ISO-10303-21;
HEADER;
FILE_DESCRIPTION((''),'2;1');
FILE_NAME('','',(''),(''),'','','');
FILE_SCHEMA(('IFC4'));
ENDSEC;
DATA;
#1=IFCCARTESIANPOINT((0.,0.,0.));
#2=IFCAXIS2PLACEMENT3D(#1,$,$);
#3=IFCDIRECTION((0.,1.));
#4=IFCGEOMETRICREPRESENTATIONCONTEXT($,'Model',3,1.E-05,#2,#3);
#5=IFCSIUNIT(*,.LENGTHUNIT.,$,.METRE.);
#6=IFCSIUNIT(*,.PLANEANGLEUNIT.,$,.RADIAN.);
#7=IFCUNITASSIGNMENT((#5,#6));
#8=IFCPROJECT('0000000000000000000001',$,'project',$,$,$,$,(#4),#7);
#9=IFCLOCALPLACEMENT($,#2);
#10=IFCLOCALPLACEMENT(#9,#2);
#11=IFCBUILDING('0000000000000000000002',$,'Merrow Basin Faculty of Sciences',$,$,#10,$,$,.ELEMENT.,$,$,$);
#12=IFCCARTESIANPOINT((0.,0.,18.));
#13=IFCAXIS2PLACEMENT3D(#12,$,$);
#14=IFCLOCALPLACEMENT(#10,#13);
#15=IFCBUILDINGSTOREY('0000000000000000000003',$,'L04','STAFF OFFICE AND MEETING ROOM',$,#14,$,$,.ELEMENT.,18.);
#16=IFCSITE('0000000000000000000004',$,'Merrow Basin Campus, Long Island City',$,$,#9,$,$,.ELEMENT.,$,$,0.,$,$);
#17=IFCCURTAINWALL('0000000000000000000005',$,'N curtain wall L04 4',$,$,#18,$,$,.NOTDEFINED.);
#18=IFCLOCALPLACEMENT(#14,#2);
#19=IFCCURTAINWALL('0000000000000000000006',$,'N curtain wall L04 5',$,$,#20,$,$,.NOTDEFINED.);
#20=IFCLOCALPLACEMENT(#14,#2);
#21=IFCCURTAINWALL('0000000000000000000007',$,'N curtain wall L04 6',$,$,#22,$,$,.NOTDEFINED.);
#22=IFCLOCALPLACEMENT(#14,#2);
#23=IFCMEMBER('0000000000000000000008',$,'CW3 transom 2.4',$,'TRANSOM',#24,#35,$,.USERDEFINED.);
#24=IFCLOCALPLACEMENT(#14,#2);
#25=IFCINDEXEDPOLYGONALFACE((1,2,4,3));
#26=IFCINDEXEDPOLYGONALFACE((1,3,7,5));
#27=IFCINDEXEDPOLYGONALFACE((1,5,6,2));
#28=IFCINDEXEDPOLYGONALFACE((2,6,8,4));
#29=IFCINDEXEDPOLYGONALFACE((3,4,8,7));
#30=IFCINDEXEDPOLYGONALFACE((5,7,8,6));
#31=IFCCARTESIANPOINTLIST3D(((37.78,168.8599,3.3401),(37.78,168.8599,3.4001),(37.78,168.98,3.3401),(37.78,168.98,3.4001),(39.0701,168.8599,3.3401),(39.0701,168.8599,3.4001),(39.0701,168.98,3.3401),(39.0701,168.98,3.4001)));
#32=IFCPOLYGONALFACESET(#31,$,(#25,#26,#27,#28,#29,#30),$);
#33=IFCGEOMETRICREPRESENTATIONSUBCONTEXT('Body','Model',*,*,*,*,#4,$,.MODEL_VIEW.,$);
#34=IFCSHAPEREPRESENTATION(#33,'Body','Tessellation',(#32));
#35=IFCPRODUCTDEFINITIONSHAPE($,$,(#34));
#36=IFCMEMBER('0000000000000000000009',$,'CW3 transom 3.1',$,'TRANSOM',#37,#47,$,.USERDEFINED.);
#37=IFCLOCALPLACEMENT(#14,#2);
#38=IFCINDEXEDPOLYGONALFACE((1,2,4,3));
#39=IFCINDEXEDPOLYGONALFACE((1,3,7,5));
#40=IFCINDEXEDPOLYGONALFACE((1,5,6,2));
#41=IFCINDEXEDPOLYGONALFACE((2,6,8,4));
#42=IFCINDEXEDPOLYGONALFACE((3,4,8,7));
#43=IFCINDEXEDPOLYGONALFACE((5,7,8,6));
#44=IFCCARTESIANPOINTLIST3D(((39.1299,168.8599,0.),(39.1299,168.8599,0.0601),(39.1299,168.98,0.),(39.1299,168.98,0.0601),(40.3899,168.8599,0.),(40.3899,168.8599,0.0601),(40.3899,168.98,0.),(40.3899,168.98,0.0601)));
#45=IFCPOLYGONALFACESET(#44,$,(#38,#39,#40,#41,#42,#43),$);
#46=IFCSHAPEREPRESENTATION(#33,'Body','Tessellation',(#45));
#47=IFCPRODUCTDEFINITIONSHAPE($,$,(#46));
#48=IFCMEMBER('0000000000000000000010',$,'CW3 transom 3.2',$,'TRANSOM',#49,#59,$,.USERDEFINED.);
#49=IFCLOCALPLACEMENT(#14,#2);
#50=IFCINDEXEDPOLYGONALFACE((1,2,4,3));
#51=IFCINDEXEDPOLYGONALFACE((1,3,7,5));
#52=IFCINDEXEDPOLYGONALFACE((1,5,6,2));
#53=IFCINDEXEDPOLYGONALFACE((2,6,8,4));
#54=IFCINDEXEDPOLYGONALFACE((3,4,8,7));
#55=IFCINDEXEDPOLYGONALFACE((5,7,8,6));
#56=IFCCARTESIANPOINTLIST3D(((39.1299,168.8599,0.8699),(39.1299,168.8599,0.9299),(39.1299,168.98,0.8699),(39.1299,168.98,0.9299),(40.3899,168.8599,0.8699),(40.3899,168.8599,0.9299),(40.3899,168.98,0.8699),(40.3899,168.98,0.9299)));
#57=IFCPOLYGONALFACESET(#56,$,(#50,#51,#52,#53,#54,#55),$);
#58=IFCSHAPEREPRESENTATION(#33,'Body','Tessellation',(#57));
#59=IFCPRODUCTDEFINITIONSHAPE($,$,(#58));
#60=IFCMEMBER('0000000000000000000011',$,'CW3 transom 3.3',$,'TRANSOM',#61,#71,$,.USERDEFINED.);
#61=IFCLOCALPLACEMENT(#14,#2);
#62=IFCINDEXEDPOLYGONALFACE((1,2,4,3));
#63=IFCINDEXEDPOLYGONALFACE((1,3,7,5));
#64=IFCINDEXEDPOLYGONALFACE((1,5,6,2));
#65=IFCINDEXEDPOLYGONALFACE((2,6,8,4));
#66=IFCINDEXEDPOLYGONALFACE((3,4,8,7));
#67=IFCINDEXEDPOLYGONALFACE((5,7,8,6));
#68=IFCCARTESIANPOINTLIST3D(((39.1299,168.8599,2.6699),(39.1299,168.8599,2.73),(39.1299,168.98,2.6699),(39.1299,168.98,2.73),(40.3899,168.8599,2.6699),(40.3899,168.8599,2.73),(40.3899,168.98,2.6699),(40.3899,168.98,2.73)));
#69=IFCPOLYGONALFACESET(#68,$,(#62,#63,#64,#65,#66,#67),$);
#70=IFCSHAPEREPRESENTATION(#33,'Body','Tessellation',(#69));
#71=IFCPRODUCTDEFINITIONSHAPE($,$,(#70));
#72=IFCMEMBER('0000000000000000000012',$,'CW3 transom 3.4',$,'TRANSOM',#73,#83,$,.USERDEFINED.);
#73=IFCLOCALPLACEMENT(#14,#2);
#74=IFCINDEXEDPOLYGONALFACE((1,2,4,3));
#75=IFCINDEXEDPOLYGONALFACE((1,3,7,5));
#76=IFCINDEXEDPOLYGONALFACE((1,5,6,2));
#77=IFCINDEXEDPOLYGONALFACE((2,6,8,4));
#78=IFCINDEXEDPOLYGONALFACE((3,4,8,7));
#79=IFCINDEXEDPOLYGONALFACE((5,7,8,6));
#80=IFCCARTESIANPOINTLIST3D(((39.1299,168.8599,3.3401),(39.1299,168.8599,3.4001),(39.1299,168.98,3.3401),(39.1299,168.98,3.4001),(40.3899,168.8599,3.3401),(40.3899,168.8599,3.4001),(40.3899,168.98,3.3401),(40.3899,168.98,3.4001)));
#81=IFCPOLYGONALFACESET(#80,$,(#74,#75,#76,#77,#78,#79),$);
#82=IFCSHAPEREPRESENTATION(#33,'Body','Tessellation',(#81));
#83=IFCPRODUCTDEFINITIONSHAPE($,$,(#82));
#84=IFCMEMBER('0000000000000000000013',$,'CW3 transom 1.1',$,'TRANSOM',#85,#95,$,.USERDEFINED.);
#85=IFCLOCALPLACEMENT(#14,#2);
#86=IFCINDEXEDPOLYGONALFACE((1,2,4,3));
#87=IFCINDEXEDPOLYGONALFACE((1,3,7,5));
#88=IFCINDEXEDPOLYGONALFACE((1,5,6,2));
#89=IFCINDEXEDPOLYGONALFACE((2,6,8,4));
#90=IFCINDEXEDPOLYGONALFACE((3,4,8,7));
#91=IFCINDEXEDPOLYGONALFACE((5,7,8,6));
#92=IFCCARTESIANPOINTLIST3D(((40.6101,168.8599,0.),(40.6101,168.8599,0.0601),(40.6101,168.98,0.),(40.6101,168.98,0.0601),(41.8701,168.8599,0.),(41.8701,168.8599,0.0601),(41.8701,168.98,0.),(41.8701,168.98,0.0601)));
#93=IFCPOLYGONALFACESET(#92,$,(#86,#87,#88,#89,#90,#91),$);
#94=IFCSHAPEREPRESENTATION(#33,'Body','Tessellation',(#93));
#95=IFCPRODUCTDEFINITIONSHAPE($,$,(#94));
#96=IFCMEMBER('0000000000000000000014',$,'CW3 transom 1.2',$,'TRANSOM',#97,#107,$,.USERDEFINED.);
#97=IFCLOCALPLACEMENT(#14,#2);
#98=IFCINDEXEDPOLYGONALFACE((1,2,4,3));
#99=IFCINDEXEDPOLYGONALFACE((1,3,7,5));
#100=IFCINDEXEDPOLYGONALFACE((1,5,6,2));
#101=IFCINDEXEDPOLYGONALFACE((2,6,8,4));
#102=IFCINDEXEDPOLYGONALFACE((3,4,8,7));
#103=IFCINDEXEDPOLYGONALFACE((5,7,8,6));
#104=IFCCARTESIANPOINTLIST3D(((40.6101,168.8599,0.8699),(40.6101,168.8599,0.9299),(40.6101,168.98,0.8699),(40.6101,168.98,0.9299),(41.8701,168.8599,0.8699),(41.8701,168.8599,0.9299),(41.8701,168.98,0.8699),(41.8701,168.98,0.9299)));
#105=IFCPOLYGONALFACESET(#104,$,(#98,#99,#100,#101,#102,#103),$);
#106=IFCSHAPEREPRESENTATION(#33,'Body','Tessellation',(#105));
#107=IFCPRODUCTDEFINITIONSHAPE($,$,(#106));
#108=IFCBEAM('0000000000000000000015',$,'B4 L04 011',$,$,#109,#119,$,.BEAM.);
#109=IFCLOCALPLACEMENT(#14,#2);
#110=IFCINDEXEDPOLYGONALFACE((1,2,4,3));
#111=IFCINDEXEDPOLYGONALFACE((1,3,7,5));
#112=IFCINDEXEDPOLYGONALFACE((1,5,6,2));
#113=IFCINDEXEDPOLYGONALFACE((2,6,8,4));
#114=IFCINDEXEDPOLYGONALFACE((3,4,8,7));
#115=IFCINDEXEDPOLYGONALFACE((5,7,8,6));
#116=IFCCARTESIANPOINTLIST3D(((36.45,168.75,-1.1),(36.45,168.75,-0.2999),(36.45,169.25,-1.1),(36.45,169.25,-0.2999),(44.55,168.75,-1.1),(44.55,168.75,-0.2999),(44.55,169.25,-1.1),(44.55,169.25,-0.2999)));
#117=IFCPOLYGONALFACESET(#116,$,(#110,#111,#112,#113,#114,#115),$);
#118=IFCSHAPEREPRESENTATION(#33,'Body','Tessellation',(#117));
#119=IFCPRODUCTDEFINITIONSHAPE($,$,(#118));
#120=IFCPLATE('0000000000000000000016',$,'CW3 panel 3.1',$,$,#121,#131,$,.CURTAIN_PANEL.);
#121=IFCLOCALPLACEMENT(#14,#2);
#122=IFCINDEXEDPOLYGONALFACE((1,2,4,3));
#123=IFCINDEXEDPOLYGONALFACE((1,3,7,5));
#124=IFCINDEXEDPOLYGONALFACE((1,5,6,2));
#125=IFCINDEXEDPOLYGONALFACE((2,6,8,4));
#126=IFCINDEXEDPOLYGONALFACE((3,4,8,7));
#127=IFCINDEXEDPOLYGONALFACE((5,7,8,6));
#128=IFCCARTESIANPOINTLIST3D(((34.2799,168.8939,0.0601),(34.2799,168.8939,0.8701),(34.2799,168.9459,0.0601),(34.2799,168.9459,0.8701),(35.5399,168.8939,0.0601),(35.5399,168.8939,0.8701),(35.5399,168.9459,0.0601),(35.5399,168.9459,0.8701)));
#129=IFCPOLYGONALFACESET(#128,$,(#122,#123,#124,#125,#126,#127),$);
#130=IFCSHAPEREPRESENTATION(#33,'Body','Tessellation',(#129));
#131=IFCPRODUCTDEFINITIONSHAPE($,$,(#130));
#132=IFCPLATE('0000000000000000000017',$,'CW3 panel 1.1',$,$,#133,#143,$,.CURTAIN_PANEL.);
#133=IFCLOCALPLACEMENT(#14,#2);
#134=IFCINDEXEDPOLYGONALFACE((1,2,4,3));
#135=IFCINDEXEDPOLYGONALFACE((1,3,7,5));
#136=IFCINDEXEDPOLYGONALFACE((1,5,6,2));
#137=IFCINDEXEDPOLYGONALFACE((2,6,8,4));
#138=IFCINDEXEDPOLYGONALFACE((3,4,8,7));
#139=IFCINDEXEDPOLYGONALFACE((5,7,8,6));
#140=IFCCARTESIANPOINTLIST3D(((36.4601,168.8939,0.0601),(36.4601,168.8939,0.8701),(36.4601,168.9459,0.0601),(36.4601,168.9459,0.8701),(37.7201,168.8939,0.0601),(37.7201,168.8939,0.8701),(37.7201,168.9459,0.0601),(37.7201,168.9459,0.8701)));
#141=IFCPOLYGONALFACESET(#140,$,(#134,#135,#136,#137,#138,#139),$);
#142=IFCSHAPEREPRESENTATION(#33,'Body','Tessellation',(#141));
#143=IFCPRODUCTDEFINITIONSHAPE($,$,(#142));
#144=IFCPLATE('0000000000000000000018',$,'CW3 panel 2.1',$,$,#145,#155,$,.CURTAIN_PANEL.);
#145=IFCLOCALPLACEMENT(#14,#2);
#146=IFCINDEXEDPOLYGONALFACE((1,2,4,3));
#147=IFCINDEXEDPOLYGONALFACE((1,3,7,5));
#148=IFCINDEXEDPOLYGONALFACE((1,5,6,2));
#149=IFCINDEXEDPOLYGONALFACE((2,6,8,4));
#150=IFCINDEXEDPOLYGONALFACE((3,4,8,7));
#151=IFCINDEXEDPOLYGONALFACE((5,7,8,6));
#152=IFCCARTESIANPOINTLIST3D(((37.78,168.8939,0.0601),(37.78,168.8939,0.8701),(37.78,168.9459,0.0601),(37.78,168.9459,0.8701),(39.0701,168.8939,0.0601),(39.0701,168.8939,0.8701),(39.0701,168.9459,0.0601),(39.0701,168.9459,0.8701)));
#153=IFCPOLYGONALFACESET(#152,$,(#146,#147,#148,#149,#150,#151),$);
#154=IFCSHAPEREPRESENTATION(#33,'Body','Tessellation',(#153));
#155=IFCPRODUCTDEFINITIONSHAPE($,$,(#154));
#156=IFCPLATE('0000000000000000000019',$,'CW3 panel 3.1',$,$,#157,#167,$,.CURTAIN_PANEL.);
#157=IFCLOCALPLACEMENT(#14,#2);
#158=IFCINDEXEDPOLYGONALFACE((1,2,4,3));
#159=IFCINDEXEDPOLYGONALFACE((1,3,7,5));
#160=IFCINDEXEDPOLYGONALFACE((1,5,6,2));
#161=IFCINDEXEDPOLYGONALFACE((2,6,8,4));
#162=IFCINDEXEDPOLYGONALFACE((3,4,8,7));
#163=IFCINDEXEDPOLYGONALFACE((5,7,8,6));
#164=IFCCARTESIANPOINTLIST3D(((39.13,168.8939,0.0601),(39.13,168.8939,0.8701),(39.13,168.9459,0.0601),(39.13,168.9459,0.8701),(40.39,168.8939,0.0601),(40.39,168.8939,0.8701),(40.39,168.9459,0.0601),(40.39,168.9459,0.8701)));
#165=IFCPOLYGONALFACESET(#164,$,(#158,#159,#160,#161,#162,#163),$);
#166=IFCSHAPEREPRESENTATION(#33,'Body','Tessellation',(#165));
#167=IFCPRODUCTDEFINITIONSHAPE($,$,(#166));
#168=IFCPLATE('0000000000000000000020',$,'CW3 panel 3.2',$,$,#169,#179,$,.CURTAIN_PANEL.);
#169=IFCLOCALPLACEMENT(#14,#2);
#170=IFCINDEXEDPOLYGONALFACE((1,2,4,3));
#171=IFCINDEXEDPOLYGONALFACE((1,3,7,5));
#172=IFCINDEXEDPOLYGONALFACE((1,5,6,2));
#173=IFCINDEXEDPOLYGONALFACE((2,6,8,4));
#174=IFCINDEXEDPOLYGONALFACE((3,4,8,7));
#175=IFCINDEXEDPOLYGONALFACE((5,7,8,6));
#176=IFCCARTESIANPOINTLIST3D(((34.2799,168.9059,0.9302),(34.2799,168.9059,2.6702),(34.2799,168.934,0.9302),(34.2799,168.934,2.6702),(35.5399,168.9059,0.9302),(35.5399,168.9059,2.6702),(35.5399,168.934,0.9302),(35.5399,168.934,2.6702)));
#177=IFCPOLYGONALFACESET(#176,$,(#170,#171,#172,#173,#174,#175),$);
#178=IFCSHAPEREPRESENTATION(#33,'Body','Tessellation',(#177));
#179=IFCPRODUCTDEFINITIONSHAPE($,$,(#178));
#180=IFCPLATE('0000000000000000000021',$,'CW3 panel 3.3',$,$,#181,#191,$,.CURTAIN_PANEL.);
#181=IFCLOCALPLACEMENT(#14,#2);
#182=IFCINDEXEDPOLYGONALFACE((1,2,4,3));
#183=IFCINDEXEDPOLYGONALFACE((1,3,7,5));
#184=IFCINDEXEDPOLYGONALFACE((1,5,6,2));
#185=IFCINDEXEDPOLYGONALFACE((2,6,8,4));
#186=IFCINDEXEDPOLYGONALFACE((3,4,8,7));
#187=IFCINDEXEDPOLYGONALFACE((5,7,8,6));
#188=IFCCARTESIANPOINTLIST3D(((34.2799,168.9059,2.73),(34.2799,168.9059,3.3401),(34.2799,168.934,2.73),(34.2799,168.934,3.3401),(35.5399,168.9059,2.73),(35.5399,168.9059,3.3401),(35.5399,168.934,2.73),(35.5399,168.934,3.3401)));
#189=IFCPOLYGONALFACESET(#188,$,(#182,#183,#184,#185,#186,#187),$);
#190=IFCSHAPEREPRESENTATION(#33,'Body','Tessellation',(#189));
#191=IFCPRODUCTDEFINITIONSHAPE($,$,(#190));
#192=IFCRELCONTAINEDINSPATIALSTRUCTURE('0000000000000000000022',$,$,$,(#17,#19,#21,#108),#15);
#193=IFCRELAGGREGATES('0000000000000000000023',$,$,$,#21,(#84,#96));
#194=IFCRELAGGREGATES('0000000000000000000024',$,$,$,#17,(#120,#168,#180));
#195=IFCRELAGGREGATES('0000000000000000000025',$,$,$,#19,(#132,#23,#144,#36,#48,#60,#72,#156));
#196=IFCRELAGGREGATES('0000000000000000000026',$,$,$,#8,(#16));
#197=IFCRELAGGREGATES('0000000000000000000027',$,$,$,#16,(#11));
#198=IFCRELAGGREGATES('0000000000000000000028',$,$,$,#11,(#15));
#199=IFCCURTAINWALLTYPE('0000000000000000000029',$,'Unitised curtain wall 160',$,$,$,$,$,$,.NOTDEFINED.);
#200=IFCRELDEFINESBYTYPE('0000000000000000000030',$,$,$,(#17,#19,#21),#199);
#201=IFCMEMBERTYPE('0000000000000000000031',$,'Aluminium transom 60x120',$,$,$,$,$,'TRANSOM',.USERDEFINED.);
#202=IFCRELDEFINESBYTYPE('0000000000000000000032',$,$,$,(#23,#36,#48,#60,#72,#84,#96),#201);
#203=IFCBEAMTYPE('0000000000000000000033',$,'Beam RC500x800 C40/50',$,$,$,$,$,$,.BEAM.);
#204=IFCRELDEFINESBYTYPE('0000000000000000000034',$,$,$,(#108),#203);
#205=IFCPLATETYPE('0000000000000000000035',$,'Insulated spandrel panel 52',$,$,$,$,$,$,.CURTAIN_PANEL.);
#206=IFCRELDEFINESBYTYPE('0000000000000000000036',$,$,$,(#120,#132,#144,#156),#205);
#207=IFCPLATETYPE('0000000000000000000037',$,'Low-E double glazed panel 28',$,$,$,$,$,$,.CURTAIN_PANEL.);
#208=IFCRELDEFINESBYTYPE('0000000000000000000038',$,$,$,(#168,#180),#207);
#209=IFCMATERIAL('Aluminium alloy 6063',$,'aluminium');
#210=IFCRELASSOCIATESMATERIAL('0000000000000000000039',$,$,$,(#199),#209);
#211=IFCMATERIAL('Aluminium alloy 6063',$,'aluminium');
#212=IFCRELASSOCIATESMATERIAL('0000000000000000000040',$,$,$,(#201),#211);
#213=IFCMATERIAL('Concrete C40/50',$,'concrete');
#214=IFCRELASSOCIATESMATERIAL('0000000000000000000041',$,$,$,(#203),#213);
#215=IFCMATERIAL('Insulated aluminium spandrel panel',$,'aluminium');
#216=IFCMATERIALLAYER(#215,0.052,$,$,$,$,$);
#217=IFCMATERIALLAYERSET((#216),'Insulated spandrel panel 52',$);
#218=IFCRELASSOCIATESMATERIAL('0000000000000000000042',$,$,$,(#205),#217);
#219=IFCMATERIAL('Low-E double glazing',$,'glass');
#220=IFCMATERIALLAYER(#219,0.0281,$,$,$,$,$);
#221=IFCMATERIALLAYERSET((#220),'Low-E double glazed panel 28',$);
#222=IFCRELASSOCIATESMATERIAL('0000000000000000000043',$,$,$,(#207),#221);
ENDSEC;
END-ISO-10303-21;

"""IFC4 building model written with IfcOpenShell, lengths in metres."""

from ifc_helpers import new_model, si_unit, direction, frame, origin, origin_2d, place, context, subcontext, project, spatial, rectangle, extrude, material, layer, layer_set, material_profile, profile_set, type_object, element, aggregate, save


model = new_model("IFC4")

# Units and contexts
model_context = context("Model", 3, precision=1e-05, world=origin(), true_north=direction((0.0, 1.0)))
body_context = subcontext(model_context, "Body", "Model", "MODEL_VIEW")
ifc_project = project(units=[si_unit("LENGTHUNIT", "METRE"), si_unit("PLANEANGLEUNIT", "RADIAN")], contexts=[model_context])

# Site, building, storey
site_placement = place(None, origin())
site = spatial("IfcSite", under=ifc_project, at=site_placement, Name="Merrow Basin Campus, Long Island City", CompositionType="ELEMENT", RefElevation=0.0)
building_placement = place(site_placement, origin())
building = spatial("IfcBuilding", under=site, at=building_placement, Name="Merrow Basin Faculty of Sciences", CompositionType="ELEMENT")
storey_placement = place(building_placement, frame((0.0, 0.0, 18.0)))
storey = spatial("IfcBuildingStorey", under=building, at=storey_placement, Name="L04", Description="STAFF OFFICE AND MEETING ROOM", CompositionType="ELEMENT", Elevation=18.0)

# Curtain wall
ifc_material_1 = material(Name="Aluminium alloy 6063", Category="aluminium")
curtain_wall_type = type_object("IfcCurtainWallType", Name="Unitised curtain wall 160", PredefinedType="NOTDEFINED", material=ifc_material_1)
curtain_wall_1_placement = place(storey_placement, origin())
curtain_wall_1 = element("IfcCurtainWall", 1, at=curtain_wall_1_placement, inside=storey, type_object=curtain_wall_type, Name="N curtain wall L04 4", PredefinedType="NOTDEFINED")

# Curtain wall
curtain_wall_2_placement = place(storey_placement, origin())
curtain_wall_2 = element("IfcCurtainWall", 2, at=curtain_wall_2_placement, inside=storey, type_object=curtain_wall_type, Name="N curtain wall L04 5", PredefinedType="NOTDEFINED")

# Curtain wall
curtain_wall_3_placement = place(storey_placement, origin())
curtain_wall_3 = element("IfcCurtainWall", 3, at=curtain_wall_3_placement, inside=storey, type_object=curtain_wall_type, Name="N curtain wall L04 6", PredefinedType="NOTDEFINED")

# Members
ifc_material_2 = material(Name="Aluminium alloy 6063", Category="aluminium")
ifc_material_profile_1 = material_profile(ifc_material_2, rectangle(XDim=0.1201, YDim=0.0601, at=origin_2d()))
ifc_profile_set_1 = profile_set([ifc_material_profile_1], Name="Aluminium alloy 6063")
member_type_1 = type_object("IfcMemberType", Name="Aluminium transom 60x120", ElementType="TRANSOM", PredefinedType="USERDEFINED", material=ifc_profile_set_1)
member_1_placement = place(storey_placement, frame((37.78, 168.9199, 3.3701), z_axis=(1.0, 0.0, 0.0), x_axis=(0.0, 1.0, 0.0)))
member_1 = element("IfcMember", 4, at=member_1_placement, type_object=member_type_1, Name="CW3 transom 2.4", ObjectType="TRANSOM", PredefinedType="USERDEFINED", context=body_context, shape_type="SweptSolid", body=[
    extrude(rectangle(XDim=0.1201, YDim=0.0601, at=origin_2d()), origin(), (0.0, 0.0, 1.0), 1.29),
])
member_2_placement = place(storey_placement, frame((39.1299, 168.9199, 0.03), z_axis=(1.0, 0.0, 0.0), x_axis=(0.0, 1.0, 0.0)))
member_2 = element("IfcMember", 5, at=member_2_placement, type_object=member_type_1, Name="CW3 transom 3.1", ObjectType="TRANSOM", PredefinedType="USERDEFINED", context=body_context, shape_type="SweptSolid", body=[
    extrude(rectangle(XDim=0.1201, YDim=0.0601, at=origin_2d()), origin(), (0.0, 0.0, 1.0), 1.26),
])
member_3_placement = place(storey_placement, frame((39.1299, 168.9199, 0.8999), z_axis=(1.0, 0.0, 0.0), x_axis=(0.0, 1.0, 0.0)))
member_3 = element("IfcMember", 6, at=member_3_placement, type_object=member_type_1, Name="CW3 transom 3.2", ObjectType="TRANSOM", PredefinedType="USERDEFINED", context=body_context, shape_type="SweptSolid", body=[
    extrude(rectangle(XDim=0.1201, YDim=0.0601, at=origin_2d()), origin(), (0.0, 0.0, 1.0), 1.26),
])
member_4_placement = place(storey_placement, frame((39.1299, 168.9199, 2.7), z_axis=(1.0, 0.0, 0.0), x_axis=(0.0, 1.0, 0.0)))
member_4 = element("IfcMember", 7, at=member_4_placement, type_object=member_type_1, Name="CW3 transom 3.3", ObjectType="TRANSOM", PredefinedType="USERDEFINED", context=body_context, shape_type="SweptSolid", body=[
    extrude(rectangle(XDim=0.1201, YDim=0.0601, at=origin_2d()), origin(), (0.0, 0.0, 1.0), 1.26),
])
member_5_placement = place(storey_placement, frame((39.1299, 168.9199, 3.3701), z_axis=(1.0, 0.0, 0.0), x_axis=(0.0, 1.0, 0.0)))
member_5 = element("IfcMember", 8, at=member_5_placement, type_object=member_type_1, Name="CW3 transom 3.4", ObjectType="TRANSOM", PredefinedType="USERDEFINED", context=body_context, shape_type="SweptSolid", body=[
    extrude(rectangle(XDim=0.1201, YDim=0.0601, at=origin_2d()), origin(), (0.0, 0.0, 1.0), 1.26),
])
member_6_placement = place(storey_placement, frame((40.6101, 168.9199, 0.03), z_axis=(1.0, 0.0, 0.0), x_axis=(0.0, 1.0, 0.0)))
member_6 = element("IfcMember", 9, at=member_6_placement, type_object=member_type_1, Name="CW3 transom 1.1", ObjectType="TRANSOM", PredefinedType="USERDEFINED", context=body_context, shape_type="SweptSolid", body=[
    extrude(rectangle(XDim=0.1201, YDim=0.0601, at=origin_2d()), origin(), (0.0, 0.0, 1.0), 1.26),
])
member_7_placement = place(storey_placement, frame((40.6101, 168.9199, 0.8999), z_axis=(1.0, 0.0, 0.0), x_axis=(0.0, 1.0, 0.0)))
member_7 = element("IfcMember", 10, at=member_7_placement, type_object=member_type_1, Name="CW3 transom 1.2", ObjectType="TRANSOM", PredefinedType="USERDEFINED", context=body_context, shape_type="SweptSolid", body=[
    extrude(rectangle(XDim=0.1201, YDim=0.0601, at=origin_2d()), origin(), (0.0, 0.0, 1.0), 1.26),
])
aggregate(curtain_wall_3, [member_6, member_7])

# Beam
ifc_material_3 = material(Name="Concrete C40/50", Category="concrete")
ifc_material_profile_2 = material_profile(ifc_material_3, rectangle(XDim=0.5, YDim=0.8, at=origin_2d()))
ifc_profile_set_2 = profile_set([ifc_material_profile_2], Name="Concrete C40/50")
beam_type = type_object("IfcBeamType", Name="Beam RC500x800 C40/50", PredefinedType="BEAM", material=ifc_profile_set_2)
beam_placement = place(storey_placement, frame((36.45, 169.0, -0.7), z_axis=(1.0, 0.0, 0.0), x_axis=(0.0, 1.0, 0.0)))
element("IfcBeam", 11, at=beam_placement, inside=storey, type_object=beam_type, Name="B4 L04 011", PredefinedType="BEAM", context=body_context, shape_type="SweptSolid", body=[
    extrude(rectangle(XDim=0.5, YDim=0.8, at=origin_2d()), origin(), (0.0, 0.0, 1.0), 8.1001),
])

# Plates
ifc_material_4 = material(Name="Insulated aluminium spandrel panel", Category="aluminium")
ifc_layer_1 = layer(ifc_material_4, 0.052)
ifc_layer_set_1 = layer_set([ifc_layer_1], Name="Insulated spandrel panel 52")
plate_type_1 = type_object("IfcPlateType", Name="Insulated spandrel panel 52", PredefinedType="CURTAIN_PANEL", material=ifc_layer_set_1)
plate_1_placement = place(storey_placement, frame((34.9099, 168.9199, 0.0601), z_axis=(0.0, 0.0, 1.0), x_axis=(1.0, 0.0, 0.0)))
plate_1 = element("IfcPlate", 12, at=plate_1_placement, type_object=plate_type_1, Name="CW3 panel 3.1", PredefinedType="CURTAIN_PANEL", context=body_context, shape_type="SweptSolid", body=[
    extrude(rectangle(XDim=1.26, YDim=0.052, at=origin_2d()), origin(), (0.0, 0.0, 1.0), 0.8101),
])
plate_2_placement = place(storey_placement, frame((37.0901, 168.9199, 0.0601), z_axis=(0.0, 0.0, 1.0), x_axis=(1.0, 0.0, 0.0)))
plate_2 = element("IfcPlate", 13, at=plate_2_placement, type_object=plate_type_1, Name="CW3 panel 1.1", PredefinedType="CURTAIN_PANEL", context=body_context, shape_type="SweptSolid", body=[
    extrude(rectangle(XDim=1.26, YDim=0.052, at=origin_2d()), origin(), (0.0, 0.0, 1.0), 0.8101),
])
plate_3_placement = place(storey_placement, frame((38.425, 168.9199, 0.0601), z_axis=(0.0, 0.0, 1.0), x_axis=(1.0, 0.0, 0.0)))
plate_3 = element("IfcPlate", 14, at=plate_3_placement, type_object=plate_type_1, Name="CW3 panel 2.1", PredefinedType="CURTAIN_PANEL", context=body_context, shape_type="SweptSolid", body=[
    extrude(rectangle(XDim=1.29, YDim=0.052, at=origin_2d()), origin(), (0.0, 0.0, 1.0), 0.8101),
])
plate_4_placement = place(storey_placement, frame((39.76, 168.9199, 0.0601), z_axis=(0.0, 0.0, 1.0), x_axis=(1.0, 0.0, 0.0)))
plate_4 = element("IfcPlate", 15, at=plate_4_placement, type_object=plate_type_1, Name="CW3 panel 3.1", PredefinedType="CURTAIN_PANEL", context=body_context, shape_type="SweptSolid", body=[
    extrude(rectangle(XDim=1.26, YDim=0.052, at=origin_2d()), origin(), (0.0, 0.0, 1.0), 0.8101),
])
ifc_material_5 = material(Name="Low-E double glazing", Category="glass")
ifc_layer_2 = layer(ifc_material_5, 0.0281)
ifc_layer_set_2 = layer_set([ifc_layer_2], Name="Low-E double glazed panel 28")
plate_type_2 = type_object("IfcPlateType", Name="Low-E double glazed panel 28", PredefinedType="CURTAIN_PANEL", material=ifc_layer_set_2)
plate_5_placement = place(storey_placement, frame((34.9099, 168.9199, 0.9302), z_axis=(0.0, 0.0, 1.0), x_axis=(1.0, 0.0, 0.0)))
plate_5 = element("IfcPlate", 16, at=plate_5_placement, type_object=plate_type_2, Name="CW3 panel 3.2", PredefinedType="CURTAIN_PANEL", context=body_context, shape_type="SweptSolid", body=[
    extrude(rectangle(XDim=1.26, YDim=0.0281, at=origin_2d()), origin(), (0.0, 0.0, 1.0), 1.74),
])
plate_6_placement = place(storey_placement, frame((34.9099, 168.9199, 2.73), z_axis=(0.0, 0.0, 1.0), x_axis=(1.0, 0.0, 0.0)))
plate_6 = element("IfcPlate", 17, at=plate_6_placement, type_object=plate_type_2, Name="CW3 panel 3.3", PredefinedType="CURTAIN_PANEL", context=body_context, shape_type="SweptSolid", body=[
    extrude(rectangle(XDim=1.26, YDim=0.0281, at=origin_2d()), origin(), (0.0, 0.0, 1.0), 0.6101),
])
aggregate(curtain_wall_1, [plate_1, plate_5, plate_6])
aggregate(curtain_wall_2, [plate_2, member_1, plate_3, member_2, member_3, member_4, member_5, plate_4])

save(model, "model.ifc")
